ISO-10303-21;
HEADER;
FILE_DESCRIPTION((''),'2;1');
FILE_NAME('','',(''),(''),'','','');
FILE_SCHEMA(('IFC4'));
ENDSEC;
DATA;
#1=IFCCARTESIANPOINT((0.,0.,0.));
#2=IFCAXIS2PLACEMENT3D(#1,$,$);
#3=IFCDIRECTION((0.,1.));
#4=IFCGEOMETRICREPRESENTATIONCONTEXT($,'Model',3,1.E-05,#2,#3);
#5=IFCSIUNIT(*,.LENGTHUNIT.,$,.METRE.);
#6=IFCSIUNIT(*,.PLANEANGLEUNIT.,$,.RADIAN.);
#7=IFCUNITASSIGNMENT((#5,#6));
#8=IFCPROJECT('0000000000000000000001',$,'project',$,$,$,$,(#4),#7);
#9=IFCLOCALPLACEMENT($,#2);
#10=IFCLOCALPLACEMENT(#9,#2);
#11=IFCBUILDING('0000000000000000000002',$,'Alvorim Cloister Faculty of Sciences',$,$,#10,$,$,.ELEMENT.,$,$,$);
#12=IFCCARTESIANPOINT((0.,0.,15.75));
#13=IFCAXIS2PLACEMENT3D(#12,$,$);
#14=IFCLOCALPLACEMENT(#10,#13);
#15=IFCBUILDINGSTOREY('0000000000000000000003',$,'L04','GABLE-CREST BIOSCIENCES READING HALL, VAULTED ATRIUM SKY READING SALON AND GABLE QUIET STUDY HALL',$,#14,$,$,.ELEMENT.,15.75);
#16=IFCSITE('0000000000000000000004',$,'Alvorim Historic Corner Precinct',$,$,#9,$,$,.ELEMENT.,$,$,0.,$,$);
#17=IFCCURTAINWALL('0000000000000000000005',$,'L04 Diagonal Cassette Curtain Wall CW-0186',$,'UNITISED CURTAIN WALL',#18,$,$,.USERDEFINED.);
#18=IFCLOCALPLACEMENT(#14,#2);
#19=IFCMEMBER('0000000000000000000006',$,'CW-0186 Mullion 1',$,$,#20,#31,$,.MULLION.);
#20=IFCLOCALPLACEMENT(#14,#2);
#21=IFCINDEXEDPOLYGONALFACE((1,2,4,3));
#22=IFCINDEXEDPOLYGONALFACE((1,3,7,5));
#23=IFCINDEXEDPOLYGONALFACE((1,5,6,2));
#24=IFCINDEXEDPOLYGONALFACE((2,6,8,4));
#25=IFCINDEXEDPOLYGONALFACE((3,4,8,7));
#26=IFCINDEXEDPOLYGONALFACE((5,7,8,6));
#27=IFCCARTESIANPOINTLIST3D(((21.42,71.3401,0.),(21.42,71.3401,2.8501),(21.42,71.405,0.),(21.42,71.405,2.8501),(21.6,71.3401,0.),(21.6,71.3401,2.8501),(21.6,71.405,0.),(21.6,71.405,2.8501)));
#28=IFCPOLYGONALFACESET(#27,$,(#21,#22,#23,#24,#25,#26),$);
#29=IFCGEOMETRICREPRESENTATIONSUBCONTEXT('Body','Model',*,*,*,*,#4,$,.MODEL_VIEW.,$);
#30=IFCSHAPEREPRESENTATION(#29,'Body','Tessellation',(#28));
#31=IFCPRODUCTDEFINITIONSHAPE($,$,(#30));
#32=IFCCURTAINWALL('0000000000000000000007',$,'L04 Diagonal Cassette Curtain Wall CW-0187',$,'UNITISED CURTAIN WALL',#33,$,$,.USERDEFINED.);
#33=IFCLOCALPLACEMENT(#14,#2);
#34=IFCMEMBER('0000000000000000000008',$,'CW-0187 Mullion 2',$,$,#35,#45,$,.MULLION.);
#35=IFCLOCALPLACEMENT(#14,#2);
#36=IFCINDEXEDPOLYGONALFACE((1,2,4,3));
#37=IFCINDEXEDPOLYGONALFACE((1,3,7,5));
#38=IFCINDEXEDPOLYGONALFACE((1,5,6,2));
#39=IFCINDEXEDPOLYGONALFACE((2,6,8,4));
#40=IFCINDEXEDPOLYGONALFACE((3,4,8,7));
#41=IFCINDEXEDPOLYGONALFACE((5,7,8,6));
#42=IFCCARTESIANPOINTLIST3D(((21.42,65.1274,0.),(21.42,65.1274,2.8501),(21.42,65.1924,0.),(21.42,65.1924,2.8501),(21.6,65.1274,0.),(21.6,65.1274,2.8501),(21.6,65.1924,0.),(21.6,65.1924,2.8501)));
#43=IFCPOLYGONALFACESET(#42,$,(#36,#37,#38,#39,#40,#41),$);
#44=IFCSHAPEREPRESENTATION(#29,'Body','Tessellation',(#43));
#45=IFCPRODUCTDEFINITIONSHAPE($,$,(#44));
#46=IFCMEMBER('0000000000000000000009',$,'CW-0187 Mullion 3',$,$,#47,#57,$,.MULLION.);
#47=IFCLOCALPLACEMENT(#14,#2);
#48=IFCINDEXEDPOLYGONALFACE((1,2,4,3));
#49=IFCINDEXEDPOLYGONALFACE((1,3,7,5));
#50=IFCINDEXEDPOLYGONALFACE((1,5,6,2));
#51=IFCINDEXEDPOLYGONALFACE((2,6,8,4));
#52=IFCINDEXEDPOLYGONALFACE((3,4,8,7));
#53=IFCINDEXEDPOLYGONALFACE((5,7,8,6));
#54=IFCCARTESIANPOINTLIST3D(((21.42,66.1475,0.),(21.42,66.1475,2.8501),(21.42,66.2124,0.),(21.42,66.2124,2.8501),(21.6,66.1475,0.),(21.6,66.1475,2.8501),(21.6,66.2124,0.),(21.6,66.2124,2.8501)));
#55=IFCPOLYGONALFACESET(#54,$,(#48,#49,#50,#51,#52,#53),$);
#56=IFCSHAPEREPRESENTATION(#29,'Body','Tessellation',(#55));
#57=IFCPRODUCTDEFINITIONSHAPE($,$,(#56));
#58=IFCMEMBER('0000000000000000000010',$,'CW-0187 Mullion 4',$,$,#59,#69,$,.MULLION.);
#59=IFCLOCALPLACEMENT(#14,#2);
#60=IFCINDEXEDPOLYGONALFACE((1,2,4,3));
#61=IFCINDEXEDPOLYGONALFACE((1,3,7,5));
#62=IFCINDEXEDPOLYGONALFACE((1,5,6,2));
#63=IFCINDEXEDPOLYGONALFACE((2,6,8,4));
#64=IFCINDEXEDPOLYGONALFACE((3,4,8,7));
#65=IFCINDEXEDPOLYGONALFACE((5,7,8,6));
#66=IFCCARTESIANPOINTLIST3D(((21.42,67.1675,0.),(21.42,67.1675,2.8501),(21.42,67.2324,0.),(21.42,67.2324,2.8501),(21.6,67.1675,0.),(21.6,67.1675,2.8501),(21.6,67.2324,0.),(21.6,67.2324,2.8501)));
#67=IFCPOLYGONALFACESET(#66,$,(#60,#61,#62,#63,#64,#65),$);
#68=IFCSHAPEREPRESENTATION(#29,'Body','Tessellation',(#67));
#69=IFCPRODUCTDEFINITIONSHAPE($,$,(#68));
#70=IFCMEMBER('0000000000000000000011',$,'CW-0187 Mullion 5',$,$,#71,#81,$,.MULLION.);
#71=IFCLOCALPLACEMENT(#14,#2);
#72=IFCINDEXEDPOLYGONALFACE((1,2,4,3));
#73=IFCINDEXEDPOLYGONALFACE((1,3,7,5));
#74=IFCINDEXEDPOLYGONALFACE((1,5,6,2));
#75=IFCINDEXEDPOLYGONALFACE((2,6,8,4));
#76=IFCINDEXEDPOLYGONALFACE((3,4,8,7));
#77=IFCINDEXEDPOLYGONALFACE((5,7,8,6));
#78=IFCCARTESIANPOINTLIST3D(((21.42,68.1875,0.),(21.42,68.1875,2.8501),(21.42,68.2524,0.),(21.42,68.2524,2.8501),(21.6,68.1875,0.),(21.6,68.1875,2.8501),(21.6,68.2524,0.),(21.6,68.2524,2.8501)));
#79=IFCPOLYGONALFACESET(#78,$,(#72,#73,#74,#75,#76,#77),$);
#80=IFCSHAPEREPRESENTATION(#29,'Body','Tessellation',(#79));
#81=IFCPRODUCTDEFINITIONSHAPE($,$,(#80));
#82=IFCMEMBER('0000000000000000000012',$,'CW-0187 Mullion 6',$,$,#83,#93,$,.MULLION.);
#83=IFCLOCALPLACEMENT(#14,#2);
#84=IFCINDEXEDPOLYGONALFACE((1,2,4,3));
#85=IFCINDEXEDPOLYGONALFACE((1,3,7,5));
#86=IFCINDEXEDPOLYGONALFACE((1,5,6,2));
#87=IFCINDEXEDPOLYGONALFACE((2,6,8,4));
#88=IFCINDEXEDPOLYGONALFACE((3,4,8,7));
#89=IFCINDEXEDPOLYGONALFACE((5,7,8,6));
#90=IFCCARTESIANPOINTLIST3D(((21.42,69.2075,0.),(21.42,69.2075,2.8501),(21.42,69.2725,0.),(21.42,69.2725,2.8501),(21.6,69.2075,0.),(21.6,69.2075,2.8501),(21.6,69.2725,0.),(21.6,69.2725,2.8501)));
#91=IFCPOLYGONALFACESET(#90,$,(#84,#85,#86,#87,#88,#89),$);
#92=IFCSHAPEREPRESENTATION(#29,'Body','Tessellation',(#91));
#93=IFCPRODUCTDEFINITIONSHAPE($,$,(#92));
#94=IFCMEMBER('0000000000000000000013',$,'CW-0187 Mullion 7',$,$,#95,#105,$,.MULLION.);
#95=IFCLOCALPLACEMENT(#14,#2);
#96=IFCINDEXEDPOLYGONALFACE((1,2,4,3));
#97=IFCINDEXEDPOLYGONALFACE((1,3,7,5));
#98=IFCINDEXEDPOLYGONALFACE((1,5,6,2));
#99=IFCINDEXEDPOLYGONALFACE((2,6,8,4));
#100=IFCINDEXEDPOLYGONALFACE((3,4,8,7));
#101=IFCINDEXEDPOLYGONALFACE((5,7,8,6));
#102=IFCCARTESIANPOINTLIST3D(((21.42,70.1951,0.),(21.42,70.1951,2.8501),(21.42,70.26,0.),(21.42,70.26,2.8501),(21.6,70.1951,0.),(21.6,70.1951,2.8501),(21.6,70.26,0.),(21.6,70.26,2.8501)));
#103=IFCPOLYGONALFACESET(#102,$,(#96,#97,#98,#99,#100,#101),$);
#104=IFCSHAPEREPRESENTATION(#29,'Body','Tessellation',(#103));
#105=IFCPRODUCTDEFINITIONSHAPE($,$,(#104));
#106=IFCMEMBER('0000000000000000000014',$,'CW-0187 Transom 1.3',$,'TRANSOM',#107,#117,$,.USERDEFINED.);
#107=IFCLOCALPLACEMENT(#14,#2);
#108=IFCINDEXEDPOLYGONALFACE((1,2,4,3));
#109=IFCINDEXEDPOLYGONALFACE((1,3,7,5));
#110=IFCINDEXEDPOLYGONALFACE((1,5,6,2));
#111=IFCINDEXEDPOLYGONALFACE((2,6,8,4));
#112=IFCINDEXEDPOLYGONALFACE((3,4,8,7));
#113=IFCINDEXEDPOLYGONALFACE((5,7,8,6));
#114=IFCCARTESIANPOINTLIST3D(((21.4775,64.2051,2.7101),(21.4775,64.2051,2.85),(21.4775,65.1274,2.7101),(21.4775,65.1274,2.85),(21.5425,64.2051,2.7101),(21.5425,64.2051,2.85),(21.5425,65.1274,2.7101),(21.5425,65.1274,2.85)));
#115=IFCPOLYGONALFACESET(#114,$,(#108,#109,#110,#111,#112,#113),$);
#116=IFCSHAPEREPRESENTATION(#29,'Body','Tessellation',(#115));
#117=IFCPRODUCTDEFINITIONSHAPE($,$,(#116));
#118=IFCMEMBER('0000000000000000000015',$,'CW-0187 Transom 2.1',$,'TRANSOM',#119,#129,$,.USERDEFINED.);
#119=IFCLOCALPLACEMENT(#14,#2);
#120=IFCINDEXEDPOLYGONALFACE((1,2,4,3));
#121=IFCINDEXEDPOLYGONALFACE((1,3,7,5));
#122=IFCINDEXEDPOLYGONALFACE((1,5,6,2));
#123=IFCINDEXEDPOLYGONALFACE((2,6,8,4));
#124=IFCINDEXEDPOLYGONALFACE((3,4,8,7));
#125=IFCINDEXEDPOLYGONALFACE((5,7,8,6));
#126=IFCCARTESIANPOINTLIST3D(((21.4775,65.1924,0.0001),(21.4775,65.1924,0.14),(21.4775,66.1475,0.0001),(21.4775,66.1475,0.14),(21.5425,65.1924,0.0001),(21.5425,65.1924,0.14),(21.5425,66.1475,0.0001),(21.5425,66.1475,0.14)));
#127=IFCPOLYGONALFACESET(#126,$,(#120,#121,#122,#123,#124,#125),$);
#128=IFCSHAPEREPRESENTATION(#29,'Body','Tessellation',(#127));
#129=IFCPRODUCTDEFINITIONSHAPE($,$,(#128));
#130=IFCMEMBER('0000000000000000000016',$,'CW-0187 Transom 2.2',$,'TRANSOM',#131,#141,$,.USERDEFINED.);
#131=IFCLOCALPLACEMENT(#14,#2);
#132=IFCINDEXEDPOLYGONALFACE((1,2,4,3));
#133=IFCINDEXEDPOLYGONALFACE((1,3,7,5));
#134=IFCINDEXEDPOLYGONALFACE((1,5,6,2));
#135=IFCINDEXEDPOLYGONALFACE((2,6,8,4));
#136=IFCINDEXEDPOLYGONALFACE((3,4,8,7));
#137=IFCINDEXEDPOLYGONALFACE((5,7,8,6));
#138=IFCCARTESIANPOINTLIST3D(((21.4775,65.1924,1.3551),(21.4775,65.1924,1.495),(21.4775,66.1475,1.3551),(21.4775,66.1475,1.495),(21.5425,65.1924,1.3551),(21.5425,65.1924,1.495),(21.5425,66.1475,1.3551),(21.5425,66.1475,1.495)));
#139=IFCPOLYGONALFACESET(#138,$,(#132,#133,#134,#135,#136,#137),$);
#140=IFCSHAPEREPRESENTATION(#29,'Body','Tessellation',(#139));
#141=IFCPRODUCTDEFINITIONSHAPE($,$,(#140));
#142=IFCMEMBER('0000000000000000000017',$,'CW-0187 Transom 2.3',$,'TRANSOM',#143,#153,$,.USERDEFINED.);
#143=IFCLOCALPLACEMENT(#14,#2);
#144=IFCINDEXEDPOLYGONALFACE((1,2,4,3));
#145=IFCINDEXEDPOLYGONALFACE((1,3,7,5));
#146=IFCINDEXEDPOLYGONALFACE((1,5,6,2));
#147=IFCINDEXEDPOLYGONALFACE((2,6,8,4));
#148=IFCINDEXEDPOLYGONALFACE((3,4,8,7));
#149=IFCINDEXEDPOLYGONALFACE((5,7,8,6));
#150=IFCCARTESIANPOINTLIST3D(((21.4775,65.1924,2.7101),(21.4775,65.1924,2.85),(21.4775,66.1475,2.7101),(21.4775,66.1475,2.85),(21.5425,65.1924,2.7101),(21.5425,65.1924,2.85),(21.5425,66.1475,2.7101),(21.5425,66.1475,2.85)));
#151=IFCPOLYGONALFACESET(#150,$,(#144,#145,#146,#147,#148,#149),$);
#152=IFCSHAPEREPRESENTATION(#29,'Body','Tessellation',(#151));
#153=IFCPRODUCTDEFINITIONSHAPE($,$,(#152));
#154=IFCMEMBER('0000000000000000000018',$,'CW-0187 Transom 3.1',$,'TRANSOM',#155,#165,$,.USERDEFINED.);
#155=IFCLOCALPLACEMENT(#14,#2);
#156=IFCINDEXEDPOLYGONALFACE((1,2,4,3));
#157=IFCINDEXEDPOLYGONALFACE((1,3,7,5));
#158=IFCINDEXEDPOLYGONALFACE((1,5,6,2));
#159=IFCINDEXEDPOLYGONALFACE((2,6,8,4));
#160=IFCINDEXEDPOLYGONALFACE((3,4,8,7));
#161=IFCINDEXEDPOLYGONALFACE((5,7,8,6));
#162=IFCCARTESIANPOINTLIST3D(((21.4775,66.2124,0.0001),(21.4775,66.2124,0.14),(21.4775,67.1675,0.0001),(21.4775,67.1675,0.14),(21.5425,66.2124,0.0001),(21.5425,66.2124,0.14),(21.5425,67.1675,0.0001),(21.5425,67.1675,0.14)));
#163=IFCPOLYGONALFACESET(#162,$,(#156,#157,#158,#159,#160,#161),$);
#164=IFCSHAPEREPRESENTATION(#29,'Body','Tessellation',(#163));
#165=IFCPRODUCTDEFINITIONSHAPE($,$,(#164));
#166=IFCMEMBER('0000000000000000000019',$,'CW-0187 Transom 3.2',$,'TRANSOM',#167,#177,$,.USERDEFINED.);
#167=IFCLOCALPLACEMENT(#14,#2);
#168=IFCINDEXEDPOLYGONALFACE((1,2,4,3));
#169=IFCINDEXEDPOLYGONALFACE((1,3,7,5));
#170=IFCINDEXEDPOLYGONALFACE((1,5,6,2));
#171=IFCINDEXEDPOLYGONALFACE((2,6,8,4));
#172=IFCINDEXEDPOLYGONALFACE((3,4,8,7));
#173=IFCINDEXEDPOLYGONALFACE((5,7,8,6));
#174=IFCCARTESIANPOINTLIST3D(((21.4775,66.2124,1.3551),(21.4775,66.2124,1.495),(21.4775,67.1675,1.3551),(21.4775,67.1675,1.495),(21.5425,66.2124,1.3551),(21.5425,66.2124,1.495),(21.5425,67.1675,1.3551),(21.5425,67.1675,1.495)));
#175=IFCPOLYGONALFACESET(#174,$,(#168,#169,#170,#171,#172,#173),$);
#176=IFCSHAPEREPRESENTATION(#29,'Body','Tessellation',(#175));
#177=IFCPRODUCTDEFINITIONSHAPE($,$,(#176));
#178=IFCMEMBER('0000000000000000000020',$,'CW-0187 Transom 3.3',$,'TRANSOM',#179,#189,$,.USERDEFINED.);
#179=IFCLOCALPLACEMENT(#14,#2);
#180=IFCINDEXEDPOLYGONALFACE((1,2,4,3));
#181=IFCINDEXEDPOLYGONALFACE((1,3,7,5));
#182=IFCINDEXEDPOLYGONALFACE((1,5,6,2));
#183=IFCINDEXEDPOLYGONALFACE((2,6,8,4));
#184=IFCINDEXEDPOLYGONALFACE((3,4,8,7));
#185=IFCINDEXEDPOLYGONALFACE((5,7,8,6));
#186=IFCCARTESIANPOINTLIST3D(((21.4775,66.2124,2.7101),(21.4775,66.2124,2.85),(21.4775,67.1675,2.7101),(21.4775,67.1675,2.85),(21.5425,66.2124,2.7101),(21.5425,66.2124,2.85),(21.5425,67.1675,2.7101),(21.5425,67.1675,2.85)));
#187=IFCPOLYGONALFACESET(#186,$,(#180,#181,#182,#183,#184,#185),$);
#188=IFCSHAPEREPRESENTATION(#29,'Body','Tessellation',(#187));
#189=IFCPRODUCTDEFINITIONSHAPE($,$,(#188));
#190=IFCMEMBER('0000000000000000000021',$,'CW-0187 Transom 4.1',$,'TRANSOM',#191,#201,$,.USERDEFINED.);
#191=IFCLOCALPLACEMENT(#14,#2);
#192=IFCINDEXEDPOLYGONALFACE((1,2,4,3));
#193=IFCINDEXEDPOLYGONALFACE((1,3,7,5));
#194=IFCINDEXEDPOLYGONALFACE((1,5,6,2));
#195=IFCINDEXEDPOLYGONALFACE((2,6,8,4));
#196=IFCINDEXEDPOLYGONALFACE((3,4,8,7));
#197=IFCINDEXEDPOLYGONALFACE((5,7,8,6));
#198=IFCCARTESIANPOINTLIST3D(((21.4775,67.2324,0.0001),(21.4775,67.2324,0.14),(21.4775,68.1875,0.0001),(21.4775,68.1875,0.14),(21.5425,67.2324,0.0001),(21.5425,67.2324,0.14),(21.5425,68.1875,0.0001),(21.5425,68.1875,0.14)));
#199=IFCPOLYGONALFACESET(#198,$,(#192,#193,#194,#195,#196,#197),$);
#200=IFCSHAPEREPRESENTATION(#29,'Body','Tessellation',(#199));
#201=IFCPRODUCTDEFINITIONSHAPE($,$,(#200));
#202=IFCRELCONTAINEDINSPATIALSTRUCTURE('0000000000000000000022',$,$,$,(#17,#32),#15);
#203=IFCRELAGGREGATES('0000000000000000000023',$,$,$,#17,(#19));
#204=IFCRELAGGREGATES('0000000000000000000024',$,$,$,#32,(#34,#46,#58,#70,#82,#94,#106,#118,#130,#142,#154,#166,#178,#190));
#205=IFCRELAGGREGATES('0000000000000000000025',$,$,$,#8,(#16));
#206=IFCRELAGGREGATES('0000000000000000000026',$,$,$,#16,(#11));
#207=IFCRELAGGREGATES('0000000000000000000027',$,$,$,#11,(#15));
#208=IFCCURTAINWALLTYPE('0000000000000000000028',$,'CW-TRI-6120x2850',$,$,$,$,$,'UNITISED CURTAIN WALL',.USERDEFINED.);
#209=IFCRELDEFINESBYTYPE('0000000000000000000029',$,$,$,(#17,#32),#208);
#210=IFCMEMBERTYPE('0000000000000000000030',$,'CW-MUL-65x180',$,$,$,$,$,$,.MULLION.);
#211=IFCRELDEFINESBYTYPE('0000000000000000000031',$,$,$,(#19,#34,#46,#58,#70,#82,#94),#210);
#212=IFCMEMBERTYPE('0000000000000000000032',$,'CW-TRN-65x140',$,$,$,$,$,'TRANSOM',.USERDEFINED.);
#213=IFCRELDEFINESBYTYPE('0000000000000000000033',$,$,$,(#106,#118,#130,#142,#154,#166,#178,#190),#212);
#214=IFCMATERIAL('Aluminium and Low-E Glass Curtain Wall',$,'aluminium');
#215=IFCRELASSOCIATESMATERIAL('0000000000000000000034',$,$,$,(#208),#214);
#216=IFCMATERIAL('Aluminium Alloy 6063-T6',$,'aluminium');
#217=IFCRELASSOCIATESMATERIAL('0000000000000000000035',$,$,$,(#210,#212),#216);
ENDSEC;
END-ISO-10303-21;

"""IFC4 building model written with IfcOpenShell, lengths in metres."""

from ifc_helpers import new_model, si_unit, direction, frame, origin, origin_2d, place, context, subcontext, project, spatial, rectangle, extrude, material, material_profile, profile_set, type_object, element, aggregate, save


model = new_model("IFC4")

# Units and contexts
model_context = context("Model", 3, precision=1e-05, world=origin(), true_north=direction((0.0, 1.0)))
body_context = subcontext(model_context, "Body", "Model", "MODEL_VIEW")
ifc_project = project(units=[si_unit("LENGTHUNIT", "METRE"), si_unit("PLANEANGLEUNIT", "RADIAN")], contexts=[model_context])

# Site, building, storey
site_placement = place(None, origin())
site = spatial("IfcSite", under=ifc_project, at=site_placement, Name="Alvorim Historic Corner Precinct", CompositionType="ELEMENT", RefElevation=0.0)
building_placement = place(site_placement, origin())
building = spatial("IfcBuilding", under=site, at=building_placement, Name="Alvorim Cloister Faculty of Sciences", CompositionType="ELEMENT")
storey_placement = place(building_placement, frame((0.0, 0.0, 15.75)))
storey = spatial("IfcBuildingStorey", under=building, at=storey_placement, Name="L04", Description="GABLE-CREST BIOSCIENCES READING HALL, VAULTED ATRIUM SKY READING SALON AND GABLE QUIET STUDY HALL", CompositionType="ELEMENT", Elevation=15.75)

# Curtain wall, member
ifc_material_1 = material(Name="Aluminium and Low-E Glass Curtain Wall", Category="aluminium")
curtain_wall_type = type_object("IfcCurtainWallType", Name="CW-TRI-6120x2850", ElementType="UNITISED CURTAIN WALL", PredefinedType="USERDEFINED", material=ifc_material_1)
curtain_wall_1_placement = place(storey_placement, origin())
curtain_wall_1 = element("IfcCurtainWall", 1, at=curtain_wall_1_placement, inside=storey, type_object=curtain_wall_type, Name="L04 Diagonal Cassette Curtain Wall CW-0186", ObjectType="UNITISED CURTAIN WALL", PredefinedType="USERDEFINED")
ifc_material_2 = material(Name="Aluminium Alloy 6063-T6", Category="aluminium")
ifc_material_profile_1 = material_profile(ifc_material_2, rectangle(XDim=0.0649, YDim=0.1799, at=origin_2d()), Name="ALU-MUL-65x180")
ifc_profile_set_1 = profile_set([ifc_material_profile_1], Name="Aluminium Alloy 6063-T6")
member_type_1 = type_object("IfcMemberType", Name="CW-MUL-65x180", PredefinedType="MULLION", material=ifc_profile_set_1)
member_1_placement = place(storey_placement, frame((21.51, 71.3726, 0.0), z_axis=(0.0, 0.0, 1.0), x_axis=(0.0, 1.0, 0.0)))
member_1 = element("IfcMember", 2, at=member_1_placement, type_object=member_type_1, Name="CW-0186 Mullion 1", PredefinedType="MULLION", context=body_context, shape_type="SweptSolid", body=[
    extrude(rectangle(XDim=0.0649, YDim=0.1799, at=origin_2d()), origin(), (0.0, 0.0, 1.0), 2.8501),
])
aggregate(curtain_wall_1, [member_1])

# Curtain wall, members
curtain_wall_2_placement = place(storey_placement, origin())
curtain_wall_2 = element("IfcCurtainWall", 3, at=curtain_wall_2_placement, inside=storey, type_object=curtain_wall_type, Name="L04 Diagonal Cassette Curtain Wall CW-0187", ObjectType="UNITISED CURTAIN WALL", PredefinedType="USERDEFINED")
member_2_placement = place(storey_placement, frame((21.51, 65.1599, 0.0), z_axis=(0.0, 0.0, 1.0), x_axis=(0.0, 1.0, 0.0)))
member_2 = element("IfcMember", 4, at=member_2_placement, type_object=member_type_1, Name="CW-0187 Mullion 2", PredefinedType="MULLION", context=body_context, shape_type="SweptSolid", body=[
    extrude(rectangle(XDim=0.0649, YDim=0.1799, at=origin_2d()), origin(), (0.0, 0.0, 1.0), 2.8501),
])
member_3_placement = place(storey_placement, frame((21.51, 66.1799, 0.0), z_axis=(0.0, 0.0, 1.0), x_axis=(0.0, 1.0, 0.0)))
member_3 = element("IfcMember", 5, at=member_3_placement, type_object=member_type_1, Name="CW-0187 Mullion 3", PredefinedType="MULLION", context=body_context, shape_type="SweptSolid", body=[
    extrude(rectangle(XDim=0.0649, YDim=0.1799, at=origin_2d()), origin(), (0.0, 0.0, 1.0), 2.8501),
])
member_4_placement = place(storey_placement, frame((21.51, 67.2, 0.0), z_axis=(0.0, 0.0, 1.0), x_axis=(0.0, 1.0, 0.0)))
member_4 = element("IfcMember", 6, at=member_4_placement, type_object=member_type_1, Name="CW-0187 Mullion 4", PredefinedType="MULLION", context=body_context, shape_type="SweptSolid", body=[
    extrude(rectangle(XDim=0.0649, YDim=0.1799, at=origin_2d()), origin(), (0.0, 0.0, 1.0), 2.8501),
])
member_5_placement = place(storey_placement, frame((21.51, 68.22, 0.0), z_axis=(0.0, 0.0, 1.0), x_axis=(0.0, 1.0, 0.0)))
member_5 = element("IfcMember", 7, at=member_5_placement, type_object=member_type_1, Name="CW-0187 Mullion 5", PredefinedType="MULLION", context=body_context, shape_type="SweptSolid", body=[
    extrude(rectangle(XDim=0.0649, YDim=0.1799, at=origin_2d()), origin(), (0.0, 0.0, 1.0), 2.8501),
])
member_6_placement = place(storey_placement, frame((21.51, 69.24, 0.0), z_axis=(0.0, 0.0, 1.0), x_axis=(0.0, 1.0, 0.0)))
member_6 = element("IfcMember", 8, at=member_6_placement, type_object=member_type_1, Name="CW-0187 Mullion 6", PredefinedType="MULLION", context=body_context, shape_type="SweptSolid", body=[
    extrude(rectangle(XDim=0.0649, YDim=0.1799, at=origin_2d()), origin(), (0.0, 0.0, 1.0), 2.8501),
])
member_7_placement = place(storey_placement, frame((21.51, 70.2275, 0.0), z_axis=(0.0, 0.0, 1.0), x_axis=(0.0, 1.0, 0.0)))
member_7 = element("IfcMember", 9, at=member_7_placement, type_object=member_type_1, Name="CW-0187 Mullion 7", PredefinedType="MULLION", context=body_context, shape_type="SweptSolid", body=[
    extrude(rectangle(XDim=0.0649, YDim=0.1799, at=origin_2d()), origin(), (0.0, 0.0, 1.0), 2.8501),
])
ifc_material_profile_2 = material_profile(ifc_material_2, rectangle(XDim=0.0649, YDim=0.1399, at=origin_2d()), Name="ALU-TRN-65x140")
ifc_profile_set_2 = profile_set([ifc_material_profile_2], Name="Aluminium Alloy 6063-T6")
member_type_2 = type_object("IfcMemberType", Name="CW-TRN-65x140", ElementType="TRANSOM", PredefinedType="USERDEFINED", material=ifc_profile_set_2)
member_8_placement = place(storey_placement, frame((21.51, 64.2051, 2.78), z_axis=(0.0, 1.0, 0.0), x_axis=(-1.0, 0.0, 0.0)))
member_8 = element("IfcMember", 10, at=member_8_placement, type_object=member_type_2, Name="CW-0187 Transom 1.3", ObjectType="TRANSOM", PredefinedType="USERDEFINED", context=body_context, shape_type="SweptSolid", body=[
    extrude(rectangle(XDim=0.0649, YDim=0.1399, at=origin_2d()), origin(), (0.0, 0.0, 1.0), 0.9224),
])
member_9_placement = place(storey_placement, frame((21.51, 65.1924, 0.0701), z_axis=(0.0, 1.0, 0.0), x_axis=(-1.0, 0.0, 0.0)))
member_9 = element("IfcMember", 11, at=member_9_placement, type_object=member_type_2, Name="CW-0187 Transom 2.1", ObjectType="TRANSOM", PredefinedType="USERDEFINED", context=body_context, shape_type="SweptSolid", body=[
    extrude(rectangle(XDim=0.0649, YDim=0.1399, at=origin_2d()), origin(), (0.0, 0.0, 1.0), 0.9551),
])
member_10_placement = place(storey_placement, frame((21.51, 65.1924, 1.425), z_axis=(0.0, 1.0, 0.0), x_axis=(-1.0, 0.0, 0.0)))
member_10 = element("IfcMember", 12, at=member_10_placement, type_object=member_type_2, Name="CW-0187 Transom 2.2", ObjectType="TRANSOM", PredefinedType="USERDEFINED", context=body_context, shape_type="SweptSolid", body=[
    extrude(rectangle(XDim=0.0649, YDim=0.1399, at=origin_2d()), origin(), (0.0, 0.0, 1.0), 0.9551),
])
member_11_placement = place(storey_placement, frame((21.51, 65.1924, 2.78), z_axis=(0.0, 1.0, 0.0), x_axis=(-1.0, 0.0, 0.0)))
member_11 = element("IfcMember", 13, at=member_11_placement, type_object=member_type_2, Name="CW-0187 Transom 2.3", ObjectType="TRANSOM", PredefinedType="USERDEFINED", context=body_context, shape_type="SweptSolid", body=[
    extrude(rectangle(XDim=0.0649, YDim=0.1399, at=origin_2d()), origin(), (0.0, 0.0, 1.0), 0.9551),
])
member_12_placement = place(storey_placement, frame((21.51, 66.2124, 0.0701), z_axis=(0.0, 1.0, 0.0), x_axis=(-1.0, 0.0, 0.0)))
member_12 = element("IfcMember", 14, at=member_12_placement, type_object=member_type_2, Name="CW-0187 Transom 3.1", ObjectType="TRANSOM", PredefinedType="USERDEFINED", context=body_context, shape_type="SweptSolid", body=[
    extrude(rectangle(XDim=0.0649, YDim=0.1399, at=origin_2d()), origin(), (0.0, 0.0, 1.0), 0.9551),
])
member_13_placement = place(storey_placement, frame((21.51, 66.2124, 1.425), z_axis=(0.0, 1.0, 0.0), x_axis=(-1.0, 0.0, 0.0)))
member_13 = element("IfcMember", 15, at=member_13_placement, type_object=member_type_2, Name="CW-0187 Transom 3.2", ObjectType="TRANSOM", PredefinedType="USERDEFINED", context=body_context, shape_type="SweptSolid", body=[
    extrude(rectangle(XDim=0.0649, YDim=0.1399, at=origin_2d()), origin(), (0.0, 0.0, 1.0), 0.9551),
])
member_14_placement = place(storey_placement, frame((21.51, 66.2124, 2.78), z_axis=(0.0, 1.0, 0.0), x_axis=(-1.0, 0.0, 0.0)))
member_14 = element("IfcMember", 16, at=member_14_placement, type_object=member_type_2, Name="CW-0187 Transom 3.3", ObjectType="TRANSOM", PredefinedType="USERDEFINED", context=body_context, shape_type="SweptSolid", body=[
    extrude(rectangle(XDim=0.0649, YDim=0.1399, at=origin_2d()), origin(), (0.0, 0.0, 1.0), 0.9551),
])
member_15_placement = place(storey_placement, frame((21.51, 67.2324, 0.0701), z_axis=(0.0, 1.0, 0.0), x_axis=(-1.0, 0.0, 0.0)))
member_15 = element("IfcMember", 17, at=member_15_placement, type_object=member_type_2, Name="CW-0187 Transom 4.1", ObjectType="TRANSOM", PredefinedType="USERDEFINED", context=body_context, shape_type="SweptSolid", body=[
    extrude(rectangle(XDim=0.0649, YDim=0.1399, at=origin_2d()), origin(), (0.0, 0.0, 1.0), 0.9551),
])
aggregate(curtain_wall_2, [member_2, member_3, member_4, member_5, member_6, member_7, member_8, member_9, member_10, member_11, member_12, member_13, member_14, member_15])

save(model, "model.ifc")
